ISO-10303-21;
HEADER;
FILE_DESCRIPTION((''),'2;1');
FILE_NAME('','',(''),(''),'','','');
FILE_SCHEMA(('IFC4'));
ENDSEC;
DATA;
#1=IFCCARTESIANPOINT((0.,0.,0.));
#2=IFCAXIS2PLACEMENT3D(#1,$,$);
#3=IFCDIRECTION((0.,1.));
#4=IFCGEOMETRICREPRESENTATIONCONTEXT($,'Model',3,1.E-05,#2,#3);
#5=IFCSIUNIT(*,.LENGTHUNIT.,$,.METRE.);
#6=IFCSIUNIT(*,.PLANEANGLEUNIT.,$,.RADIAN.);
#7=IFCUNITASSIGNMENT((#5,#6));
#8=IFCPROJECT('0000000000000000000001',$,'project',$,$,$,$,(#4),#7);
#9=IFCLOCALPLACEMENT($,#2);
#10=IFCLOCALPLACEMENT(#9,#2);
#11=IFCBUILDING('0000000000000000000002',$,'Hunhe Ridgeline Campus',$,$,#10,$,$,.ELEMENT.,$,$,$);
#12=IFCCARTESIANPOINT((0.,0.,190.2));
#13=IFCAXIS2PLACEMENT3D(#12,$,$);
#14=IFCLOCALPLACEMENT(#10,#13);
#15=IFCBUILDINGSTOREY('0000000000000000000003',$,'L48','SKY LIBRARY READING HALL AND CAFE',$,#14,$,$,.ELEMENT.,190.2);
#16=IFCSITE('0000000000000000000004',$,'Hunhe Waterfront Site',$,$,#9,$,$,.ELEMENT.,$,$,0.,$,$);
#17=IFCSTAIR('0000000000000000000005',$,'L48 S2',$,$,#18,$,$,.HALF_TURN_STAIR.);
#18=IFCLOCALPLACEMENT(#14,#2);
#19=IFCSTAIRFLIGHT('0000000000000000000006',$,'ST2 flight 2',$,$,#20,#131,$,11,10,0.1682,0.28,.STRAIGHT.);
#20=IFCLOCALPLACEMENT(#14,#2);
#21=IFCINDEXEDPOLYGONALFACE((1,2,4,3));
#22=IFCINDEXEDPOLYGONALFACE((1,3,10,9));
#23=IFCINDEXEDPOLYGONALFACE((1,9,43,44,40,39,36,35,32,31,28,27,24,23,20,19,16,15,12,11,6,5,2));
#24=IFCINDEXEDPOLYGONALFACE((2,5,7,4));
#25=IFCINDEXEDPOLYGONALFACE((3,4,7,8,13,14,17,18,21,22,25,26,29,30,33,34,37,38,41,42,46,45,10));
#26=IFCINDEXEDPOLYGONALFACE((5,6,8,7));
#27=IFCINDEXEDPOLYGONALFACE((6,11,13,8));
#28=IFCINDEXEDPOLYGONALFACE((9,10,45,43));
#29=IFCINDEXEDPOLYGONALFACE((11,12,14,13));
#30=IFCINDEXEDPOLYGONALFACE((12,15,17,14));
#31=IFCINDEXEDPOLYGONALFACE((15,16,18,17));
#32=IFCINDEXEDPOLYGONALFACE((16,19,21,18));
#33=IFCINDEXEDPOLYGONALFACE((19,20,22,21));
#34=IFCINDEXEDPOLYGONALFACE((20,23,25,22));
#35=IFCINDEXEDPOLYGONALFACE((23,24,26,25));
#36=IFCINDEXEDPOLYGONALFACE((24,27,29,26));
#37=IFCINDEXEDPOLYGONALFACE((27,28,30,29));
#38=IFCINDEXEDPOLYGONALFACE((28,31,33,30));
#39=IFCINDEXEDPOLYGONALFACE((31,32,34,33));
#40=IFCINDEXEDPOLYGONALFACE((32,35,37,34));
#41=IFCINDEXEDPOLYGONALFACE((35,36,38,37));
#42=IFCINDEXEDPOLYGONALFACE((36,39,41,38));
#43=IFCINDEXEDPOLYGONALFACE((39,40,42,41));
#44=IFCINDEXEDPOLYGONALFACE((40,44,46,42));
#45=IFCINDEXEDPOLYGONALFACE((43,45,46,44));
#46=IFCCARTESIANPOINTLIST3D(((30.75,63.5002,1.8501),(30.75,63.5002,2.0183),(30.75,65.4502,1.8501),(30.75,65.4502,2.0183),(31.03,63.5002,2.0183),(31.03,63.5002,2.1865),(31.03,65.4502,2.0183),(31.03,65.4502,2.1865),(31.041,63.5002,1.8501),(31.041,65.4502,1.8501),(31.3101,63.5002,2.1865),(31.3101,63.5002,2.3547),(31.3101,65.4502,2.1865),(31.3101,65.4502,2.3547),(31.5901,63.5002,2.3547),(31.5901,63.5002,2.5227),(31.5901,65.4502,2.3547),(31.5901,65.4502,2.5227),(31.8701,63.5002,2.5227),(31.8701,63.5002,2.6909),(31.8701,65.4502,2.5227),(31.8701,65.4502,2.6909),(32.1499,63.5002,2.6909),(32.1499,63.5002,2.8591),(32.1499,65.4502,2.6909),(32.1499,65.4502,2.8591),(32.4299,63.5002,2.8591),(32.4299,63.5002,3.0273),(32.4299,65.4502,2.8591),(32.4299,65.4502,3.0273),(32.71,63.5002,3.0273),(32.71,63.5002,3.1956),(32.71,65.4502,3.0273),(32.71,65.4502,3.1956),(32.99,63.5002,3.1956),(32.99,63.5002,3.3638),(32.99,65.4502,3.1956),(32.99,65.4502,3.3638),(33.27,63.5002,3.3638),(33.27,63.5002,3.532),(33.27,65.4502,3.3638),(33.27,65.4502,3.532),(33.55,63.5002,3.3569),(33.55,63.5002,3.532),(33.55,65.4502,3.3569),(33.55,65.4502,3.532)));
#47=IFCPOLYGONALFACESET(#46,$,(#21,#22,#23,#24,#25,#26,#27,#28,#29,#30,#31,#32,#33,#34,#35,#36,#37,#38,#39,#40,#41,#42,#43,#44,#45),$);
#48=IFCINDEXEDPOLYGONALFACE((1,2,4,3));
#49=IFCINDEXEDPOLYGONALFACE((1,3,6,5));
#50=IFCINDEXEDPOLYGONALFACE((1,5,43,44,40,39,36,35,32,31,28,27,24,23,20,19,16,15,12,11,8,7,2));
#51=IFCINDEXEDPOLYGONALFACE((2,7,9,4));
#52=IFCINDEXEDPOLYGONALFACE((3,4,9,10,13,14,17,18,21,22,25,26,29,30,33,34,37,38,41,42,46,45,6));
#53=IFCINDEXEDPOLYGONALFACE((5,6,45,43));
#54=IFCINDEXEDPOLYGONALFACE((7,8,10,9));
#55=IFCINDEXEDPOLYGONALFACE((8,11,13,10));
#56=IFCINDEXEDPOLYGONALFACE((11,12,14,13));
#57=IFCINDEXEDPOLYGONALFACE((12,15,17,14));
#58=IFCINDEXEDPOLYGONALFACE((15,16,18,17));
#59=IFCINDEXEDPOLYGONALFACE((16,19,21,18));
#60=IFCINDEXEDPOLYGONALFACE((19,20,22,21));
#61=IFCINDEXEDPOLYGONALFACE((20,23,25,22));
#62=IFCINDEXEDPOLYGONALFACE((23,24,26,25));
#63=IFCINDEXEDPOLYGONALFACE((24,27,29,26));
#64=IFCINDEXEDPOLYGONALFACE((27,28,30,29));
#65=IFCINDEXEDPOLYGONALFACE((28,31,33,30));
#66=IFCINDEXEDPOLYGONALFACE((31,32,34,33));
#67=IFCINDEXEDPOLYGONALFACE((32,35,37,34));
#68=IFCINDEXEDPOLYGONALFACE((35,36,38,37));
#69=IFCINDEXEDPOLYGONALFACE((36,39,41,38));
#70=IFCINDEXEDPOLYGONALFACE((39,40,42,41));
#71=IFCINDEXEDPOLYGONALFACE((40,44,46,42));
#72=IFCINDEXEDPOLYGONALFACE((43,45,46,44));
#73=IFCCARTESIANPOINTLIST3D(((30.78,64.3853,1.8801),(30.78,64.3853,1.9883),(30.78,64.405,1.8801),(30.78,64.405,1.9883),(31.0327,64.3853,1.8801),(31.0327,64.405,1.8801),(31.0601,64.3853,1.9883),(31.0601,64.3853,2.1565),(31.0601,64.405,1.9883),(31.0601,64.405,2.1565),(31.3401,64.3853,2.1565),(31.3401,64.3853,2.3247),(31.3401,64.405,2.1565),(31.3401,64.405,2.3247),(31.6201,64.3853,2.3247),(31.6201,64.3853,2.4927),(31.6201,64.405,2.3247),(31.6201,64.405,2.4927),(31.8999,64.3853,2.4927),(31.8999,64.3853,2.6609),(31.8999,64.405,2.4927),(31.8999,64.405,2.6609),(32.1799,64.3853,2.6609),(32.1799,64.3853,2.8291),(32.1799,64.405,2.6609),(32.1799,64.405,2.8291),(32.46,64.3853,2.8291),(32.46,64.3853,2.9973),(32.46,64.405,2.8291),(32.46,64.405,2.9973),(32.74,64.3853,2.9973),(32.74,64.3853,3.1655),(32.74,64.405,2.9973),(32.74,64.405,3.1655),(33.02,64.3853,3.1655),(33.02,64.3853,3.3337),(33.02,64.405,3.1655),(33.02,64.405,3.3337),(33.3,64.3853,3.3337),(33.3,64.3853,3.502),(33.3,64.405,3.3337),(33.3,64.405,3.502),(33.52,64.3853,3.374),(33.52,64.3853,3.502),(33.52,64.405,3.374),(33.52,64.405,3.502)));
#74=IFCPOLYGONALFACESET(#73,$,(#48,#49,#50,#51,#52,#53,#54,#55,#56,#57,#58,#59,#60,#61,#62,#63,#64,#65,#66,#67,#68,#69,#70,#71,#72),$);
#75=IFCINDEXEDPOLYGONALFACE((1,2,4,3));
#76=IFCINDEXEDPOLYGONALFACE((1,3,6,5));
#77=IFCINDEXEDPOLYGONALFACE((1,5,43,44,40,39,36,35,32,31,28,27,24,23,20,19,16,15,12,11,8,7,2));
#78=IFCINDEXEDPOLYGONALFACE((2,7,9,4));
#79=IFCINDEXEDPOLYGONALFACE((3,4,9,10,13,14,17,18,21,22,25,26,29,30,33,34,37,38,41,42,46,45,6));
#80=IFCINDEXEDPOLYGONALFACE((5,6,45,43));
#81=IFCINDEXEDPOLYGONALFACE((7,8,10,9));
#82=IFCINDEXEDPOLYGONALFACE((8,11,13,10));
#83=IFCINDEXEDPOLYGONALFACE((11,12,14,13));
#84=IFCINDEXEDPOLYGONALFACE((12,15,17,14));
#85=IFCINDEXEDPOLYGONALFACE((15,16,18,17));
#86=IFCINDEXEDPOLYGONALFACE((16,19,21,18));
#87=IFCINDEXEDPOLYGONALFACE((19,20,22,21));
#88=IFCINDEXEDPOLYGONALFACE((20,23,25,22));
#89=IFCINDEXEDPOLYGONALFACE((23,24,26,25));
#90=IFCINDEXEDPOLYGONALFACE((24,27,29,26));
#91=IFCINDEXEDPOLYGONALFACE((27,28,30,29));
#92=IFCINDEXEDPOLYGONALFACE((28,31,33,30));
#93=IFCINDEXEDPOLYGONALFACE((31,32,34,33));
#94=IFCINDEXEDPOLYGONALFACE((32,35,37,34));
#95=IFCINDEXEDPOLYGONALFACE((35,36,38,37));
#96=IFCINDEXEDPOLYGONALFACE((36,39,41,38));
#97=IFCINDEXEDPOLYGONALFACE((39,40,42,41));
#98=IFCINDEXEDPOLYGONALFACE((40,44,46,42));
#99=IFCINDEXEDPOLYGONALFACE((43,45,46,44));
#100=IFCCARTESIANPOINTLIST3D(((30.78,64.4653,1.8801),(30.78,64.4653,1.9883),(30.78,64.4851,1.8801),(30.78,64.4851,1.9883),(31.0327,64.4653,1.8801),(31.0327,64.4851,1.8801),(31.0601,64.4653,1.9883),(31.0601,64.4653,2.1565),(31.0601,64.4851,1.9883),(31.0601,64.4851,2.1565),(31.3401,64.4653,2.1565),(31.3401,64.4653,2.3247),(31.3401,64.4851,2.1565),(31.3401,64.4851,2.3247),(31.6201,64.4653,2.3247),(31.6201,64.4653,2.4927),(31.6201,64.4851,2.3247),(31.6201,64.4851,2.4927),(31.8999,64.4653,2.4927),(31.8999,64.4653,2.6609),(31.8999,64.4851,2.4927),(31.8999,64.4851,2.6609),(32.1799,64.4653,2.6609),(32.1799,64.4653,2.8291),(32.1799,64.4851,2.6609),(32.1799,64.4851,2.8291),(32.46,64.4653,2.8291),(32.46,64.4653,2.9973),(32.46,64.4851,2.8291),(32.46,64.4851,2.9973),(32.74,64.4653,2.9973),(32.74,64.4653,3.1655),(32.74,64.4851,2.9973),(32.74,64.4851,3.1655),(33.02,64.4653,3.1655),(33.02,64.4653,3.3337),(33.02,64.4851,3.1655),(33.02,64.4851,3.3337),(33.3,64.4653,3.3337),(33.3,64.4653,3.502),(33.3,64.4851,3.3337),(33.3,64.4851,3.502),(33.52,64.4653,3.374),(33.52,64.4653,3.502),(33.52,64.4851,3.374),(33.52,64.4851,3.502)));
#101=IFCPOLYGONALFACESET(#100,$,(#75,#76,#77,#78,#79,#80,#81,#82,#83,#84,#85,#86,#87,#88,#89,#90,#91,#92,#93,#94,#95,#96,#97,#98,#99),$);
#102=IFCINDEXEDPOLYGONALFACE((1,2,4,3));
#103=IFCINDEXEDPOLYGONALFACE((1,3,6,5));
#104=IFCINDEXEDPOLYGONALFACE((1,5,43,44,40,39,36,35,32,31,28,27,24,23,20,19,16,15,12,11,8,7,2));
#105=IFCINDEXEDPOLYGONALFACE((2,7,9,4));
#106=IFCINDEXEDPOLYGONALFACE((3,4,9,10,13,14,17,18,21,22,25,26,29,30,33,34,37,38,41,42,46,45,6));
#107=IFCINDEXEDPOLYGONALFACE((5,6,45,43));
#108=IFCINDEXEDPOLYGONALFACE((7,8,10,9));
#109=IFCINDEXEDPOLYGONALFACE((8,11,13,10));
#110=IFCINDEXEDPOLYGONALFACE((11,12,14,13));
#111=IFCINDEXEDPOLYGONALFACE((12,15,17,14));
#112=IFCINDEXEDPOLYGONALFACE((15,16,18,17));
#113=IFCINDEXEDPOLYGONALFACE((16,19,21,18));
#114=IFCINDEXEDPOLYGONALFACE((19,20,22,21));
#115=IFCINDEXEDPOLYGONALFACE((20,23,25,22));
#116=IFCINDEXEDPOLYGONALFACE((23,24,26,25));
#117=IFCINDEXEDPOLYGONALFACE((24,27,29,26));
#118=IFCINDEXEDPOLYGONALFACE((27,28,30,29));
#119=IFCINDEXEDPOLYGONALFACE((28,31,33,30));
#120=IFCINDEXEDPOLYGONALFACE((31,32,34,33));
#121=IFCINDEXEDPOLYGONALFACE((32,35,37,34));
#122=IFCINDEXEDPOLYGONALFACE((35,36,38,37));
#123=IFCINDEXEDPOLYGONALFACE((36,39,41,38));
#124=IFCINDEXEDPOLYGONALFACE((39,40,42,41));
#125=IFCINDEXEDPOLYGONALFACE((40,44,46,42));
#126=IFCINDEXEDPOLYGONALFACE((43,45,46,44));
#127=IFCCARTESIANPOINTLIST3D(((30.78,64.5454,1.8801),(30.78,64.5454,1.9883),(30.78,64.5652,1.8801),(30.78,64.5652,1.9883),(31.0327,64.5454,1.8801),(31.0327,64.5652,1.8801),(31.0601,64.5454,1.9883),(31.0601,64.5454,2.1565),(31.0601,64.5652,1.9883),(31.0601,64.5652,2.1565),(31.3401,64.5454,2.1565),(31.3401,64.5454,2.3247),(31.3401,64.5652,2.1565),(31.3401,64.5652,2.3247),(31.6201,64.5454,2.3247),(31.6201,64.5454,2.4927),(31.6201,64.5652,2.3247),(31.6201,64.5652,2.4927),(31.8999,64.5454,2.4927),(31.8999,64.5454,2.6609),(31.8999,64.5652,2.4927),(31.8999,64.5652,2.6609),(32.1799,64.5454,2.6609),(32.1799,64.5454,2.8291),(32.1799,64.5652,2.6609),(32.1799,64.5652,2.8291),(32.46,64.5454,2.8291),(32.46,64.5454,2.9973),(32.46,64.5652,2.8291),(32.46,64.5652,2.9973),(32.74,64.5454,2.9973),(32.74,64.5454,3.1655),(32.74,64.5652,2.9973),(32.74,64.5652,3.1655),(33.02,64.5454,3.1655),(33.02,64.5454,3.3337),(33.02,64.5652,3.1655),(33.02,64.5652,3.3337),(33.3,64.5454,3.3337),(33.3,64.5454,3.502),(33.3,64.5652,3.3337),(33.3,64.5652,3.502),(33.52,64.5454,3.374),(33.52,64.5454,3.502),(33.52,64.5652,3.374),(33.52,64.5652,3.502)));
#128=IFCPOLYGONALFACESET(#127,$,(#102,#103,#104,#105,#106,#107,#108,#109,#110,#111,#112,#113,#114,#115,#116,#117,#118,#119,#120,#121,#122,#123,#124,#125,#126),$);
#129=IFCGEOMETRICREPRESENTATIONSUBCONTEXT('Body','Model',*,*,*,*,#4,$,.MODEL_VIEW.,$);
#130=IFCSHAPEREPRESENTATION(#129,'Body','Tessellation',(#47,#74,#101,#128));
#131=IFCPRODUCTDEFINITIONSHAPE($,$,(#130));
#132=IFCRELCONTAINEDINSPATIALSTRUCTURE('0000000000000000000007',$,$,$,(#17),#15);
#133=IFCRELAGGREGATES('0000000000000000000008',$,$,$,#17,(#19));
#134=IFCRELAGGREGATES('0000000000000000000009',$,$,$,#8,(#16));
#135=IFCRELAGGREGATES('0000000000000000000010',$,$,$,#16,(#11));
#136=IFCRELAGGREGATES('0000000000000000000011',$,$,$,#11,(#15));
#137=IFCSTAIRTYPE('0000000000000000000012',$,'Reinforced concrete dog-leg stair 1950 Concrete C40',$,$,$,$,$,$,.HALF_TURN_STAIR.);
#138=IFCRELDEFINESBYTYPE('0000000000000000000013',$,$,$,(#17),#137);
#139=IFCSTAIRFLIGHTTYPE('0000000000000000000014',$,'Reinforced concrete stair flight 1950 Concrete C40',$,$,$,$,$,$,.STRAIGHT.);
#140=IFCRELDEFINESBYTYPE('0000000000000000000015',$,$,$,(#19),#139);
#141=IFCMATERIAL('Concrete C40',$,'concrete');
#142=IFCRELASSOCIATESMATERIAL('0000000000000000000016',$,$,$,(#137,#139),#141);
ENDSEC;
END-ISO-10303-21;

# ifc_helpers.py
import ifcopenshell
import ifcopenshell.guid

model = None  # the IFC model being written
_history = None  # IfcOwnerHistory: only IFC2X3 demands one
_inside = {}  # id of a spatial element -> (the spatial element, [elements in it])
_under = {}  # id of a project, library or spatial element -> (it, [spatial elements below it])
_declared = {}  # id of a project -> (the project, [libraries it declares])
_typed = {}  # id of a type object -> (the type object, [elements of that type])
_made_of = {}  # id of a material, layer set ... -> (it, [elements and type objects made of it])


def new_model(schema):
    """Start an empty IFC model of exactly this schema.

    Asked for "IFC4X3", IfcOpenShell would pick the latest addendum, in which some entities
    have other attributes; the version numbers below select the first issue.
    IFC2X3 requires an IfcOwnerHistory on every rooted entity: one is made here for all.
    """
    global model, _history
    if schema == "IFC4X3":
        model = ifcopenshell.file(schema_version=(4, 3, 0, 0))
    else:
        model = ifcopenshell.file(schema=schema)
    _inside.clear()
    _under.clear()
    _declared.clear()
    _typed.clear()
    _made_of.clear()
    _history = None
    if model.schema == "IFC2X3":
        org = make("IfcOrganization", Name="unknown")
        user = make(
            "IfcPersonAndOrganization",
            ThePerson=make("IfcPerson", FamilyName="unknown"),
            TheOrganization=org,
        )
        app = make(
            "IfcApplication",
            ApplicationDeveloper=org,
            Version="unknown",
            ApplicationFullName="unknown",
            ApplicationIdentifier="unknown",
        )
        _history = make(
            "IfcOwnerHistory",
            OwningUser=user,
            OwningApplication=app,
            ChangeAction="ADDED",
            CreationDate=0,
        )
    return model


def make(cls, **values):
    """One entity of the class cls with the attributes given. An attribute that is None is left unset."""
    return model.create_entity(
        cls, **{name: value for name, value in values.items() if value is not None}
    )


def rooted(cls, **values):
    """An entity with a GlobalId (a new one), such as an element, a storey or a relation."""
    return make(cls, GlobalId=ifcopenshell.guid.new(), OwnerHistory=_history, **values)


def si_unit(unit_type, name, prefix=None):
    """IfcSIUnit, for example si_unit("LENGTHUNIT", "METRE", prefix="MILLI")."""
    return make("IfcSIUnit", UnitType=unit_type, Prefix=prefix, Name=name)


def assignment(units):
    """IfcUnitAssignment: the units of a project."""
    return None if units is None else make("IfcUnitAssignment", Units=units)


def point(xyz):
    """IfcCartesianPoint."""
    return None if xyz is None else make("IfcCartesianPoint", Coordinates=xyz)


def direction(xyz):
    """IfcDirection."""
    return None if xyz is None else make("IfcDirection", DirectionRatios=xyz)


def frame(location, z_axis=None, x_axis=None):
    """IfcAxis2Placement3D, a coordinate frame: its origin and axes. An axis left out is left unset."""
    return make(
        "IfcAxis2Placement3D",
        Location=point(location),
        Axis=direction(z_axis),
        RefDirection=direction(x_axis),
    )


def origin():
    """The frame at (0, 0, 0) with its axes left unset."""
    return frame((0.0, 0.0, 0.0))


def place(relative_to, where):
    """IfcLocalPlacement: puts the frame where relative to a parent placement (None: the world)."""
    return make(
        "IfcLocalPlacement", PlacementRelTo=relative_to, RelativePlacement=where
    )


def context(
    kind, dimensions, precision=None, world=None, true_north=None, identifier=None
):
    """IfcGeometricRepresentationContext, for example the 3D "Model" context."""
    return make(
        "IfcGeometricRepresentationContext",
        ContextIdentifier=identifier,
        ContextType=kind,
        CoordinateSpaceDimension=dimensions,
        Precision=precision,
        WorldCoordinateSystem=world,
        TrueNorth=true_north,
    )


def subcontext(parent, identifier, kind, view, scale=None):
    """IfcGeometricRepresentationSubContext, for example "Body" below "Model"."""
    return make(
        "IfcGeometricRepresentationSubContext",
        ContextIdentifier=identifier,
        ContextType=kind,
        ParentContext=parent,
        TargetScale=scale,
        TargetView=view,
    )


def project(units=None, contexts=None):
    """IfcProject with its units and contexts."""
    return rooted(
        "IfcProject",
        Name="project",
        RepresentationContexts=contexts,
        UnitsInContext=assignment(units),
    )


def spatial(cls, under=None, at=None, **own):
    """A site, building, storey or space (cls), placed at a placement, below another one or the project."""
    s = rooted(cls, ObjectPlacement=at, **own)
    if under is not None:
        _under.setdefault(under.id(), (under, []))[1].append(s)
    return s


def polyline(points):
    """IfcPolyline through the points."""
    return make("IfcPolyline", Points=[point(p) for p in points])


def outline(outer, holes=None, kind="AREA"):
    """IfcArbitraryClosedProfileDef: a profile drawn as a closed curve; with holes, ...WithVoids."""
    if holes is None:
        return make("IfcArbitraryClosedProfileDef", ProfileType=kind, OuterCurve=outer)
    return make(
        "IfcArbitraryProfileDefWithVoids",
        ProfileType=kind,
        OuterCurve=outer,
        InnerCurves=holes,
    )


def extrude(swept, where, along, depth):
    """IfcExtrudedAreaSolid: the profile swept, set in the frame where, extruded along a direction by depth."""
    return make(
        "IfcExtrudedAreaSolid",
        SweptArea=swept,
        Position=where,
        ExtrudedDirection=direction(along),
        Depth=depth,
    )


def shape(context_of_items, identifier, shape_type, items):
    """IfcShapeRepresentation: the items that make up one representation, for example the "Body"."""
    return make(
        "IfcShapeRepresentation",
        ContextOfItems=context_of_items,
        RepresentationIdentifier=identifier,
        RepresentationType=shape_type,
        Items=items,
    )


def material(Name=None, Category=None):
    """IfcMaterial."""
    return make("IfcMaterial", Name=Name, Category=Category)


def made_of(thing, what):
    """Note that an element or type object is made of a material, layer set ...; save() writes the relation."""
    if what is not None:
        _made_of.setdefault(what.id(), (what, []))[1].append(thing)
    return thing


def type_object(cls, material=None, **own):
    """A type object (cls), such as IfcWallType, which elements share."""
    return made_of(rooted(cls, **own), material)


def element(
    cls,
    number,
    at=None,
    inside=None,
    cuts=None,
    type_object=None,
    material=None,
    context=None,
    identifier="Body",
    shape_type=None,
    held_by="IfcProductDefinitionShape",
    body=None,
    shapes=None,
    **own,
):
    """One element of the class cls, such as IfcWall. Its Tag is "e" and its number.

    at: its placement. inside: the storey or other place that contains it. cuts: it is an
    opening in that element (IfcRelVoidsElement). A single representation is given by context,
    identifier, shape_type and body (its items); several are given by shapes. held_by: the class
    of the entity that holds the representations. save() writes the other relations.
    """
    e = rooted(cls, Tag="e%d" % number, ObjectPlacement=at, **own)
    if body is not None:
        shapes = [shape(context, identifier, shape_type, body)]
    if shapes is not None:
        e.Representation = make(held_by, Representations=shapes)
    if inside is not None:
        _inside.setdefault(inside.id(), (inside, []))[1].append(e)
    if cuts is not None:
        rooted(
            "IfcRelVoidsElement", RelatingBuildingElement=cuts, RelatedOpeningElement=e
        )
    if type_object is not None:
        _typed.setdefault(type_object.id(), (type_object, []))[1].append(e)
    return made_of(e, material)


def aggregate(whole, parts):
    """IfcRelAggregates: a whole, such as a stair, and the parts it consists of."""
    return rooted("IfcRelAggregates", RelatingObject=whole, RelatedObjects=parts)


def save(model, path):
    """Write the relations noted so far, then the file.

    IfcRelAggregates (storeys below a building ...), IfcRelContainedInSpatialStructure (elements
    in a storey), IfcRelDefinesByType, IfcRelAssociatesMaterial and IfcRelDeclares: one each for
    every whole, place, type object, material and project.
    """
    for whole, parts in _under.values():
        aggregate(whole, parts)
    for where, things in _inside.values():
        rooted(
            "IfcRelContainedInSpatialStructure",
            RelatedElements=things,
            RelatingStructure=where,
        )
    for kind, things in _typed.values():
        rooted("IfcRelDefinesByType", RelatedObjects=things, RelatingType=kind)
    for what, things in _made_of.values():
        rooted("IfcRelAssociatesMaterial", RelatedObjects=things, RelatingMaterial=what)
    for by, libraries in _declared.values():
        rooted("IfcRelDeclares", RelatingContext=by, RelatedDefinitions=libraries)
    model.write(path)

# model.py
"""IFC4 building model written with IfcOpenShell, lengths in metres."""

from ifc_helpers import new_model, si_unit, direction, frame, origin, place, context, subcontext, project, spatial, polyline, outline, extrude, material, type_object, element, aggregate, save


model = new_model("IFC4")

# Units and contexts
model_context = context("Model", 3, precision=1e-05, world=origin(), true_north=direction((0.0, 1.0)))
body_context = subcontext(model_context, "Body", "Model", "MODEL_VIEW")
ifc_project = project(units=[si_unit("LENGTHUNIT", "METRE"), si_unit("PLANEANGLEUNIT", "RADIAN")], contexts=[model_context])

# Site, building, storey
site_placement = place(None, origin())
site = spatial("IfcSite", under=ifc_project, at=site_placement, Name="Hunhe Waterfront Site", CompositionType="ELEMENT", RefElevation=0.0)
building_placement = place(site_placement, origin())
building = spatial("IfcBuilding", under=site, at=building_placement, Name="Hunhe Ridgeline Campus", CompositionType="ELEMENT")
storey_placement = place(building_placement, frame((0.0, 0.0, 190.2)))
storey = spatial("IfcBuildingStorey", under=building, at=storey_placement, Name="L48", Description="SKY LIBRARY READING HALL AND CAFE", CompositionType="ELEMENT", Elevation=190.2)

# Stair, stair flight
ifc_material_1 = material(Name="Concrete C40", Category="concrete")
stair_type = type_object("IfcStairType", Name="Reinforced concrete dog-leg stair 1950 Concrete C40", PredefinedType="HALF_TURN_STAIR", material=ifc_material_1)
stair_placement = place(storey_placement, origin())
stair = element("IfcStair", 1, at=stair_placement, inside=storey, type_object=stair_type, Name="L48 S2", PredefinedType="HALF_TURN_STAIR")
stair_flight_type = type_object("IfcStairFlightType", Name="Reinforced concrete stair flight 1950 Concrete C40", PredefinedType="STRAIGHT", material=ifc_material_1)
stair_flight_1_placement = place(storey_placement, frame((30.75, 64.4751, 1.8501), z_axis=(0.0, 0.0, 1.0), x_axis=(1.0, 0.0, 0.0)))
stair_flight_1 = element("IfcStairFlight", 2, at=stair_flight_1_placement, type_object=stair_flight_type, Name="ST2 flight 2", NumberOfRisers=11, NumberOfTreads=10, PredefinedType="STRAIGHT", RiserHeight=0.1682, TreadLength=0.28, context=body_context, shape_type="SweptSolid", body=[
    extrude(outline(polyline([(0.0, 0.0), (0.0, 0.1682), (0.28, 0.1682), (0.28, 0.3364), (0.5601, 0.3364), (0.5601, 0.5046), (0.8401, 0.5046), (0.8401, 0.6726), (1.1201, 0.6726), (1.1201, 0.8408), (1.3999, 0.8408), (1.3999, 1.009), (1.6799, 1.009), (1.6799, 1.1772), (1.96, 1.1772), (1.96, 1.3455), (2.24, 1.3455), (2.24, 1.5137), (2.52, 1.5137), (2.52, 1.6819), (2.8, 1.6819), (2.8, 1.8501), (2.8, 1.5068), (0.291, 0.0), (0.0, 0.0)])), frame((0.0, 0.9751, 0.0), z_axis=(0.0, -1.0, 0.0), x_axis=(1.0, 0.0, 0.0)), (0.0, 0.0, 1.0), 1.95),
    extrude(outline(polyline([(0.03, 0.03), (0.03, 0.1382), (0.3101, 0.1382), (0.3101, 0.3064), (0.5901, 0.3064), (0.5901, 0.4746), (0.8701, 0.4746), (0.8701, 0.6426), (1.1499, 0.6426), (1.1499, 0.8108), (1.4299, 0.8108), (1.4299, 0.979), (1.71, 0.979), (1.71, 1.1472), (1.99, 1.1472), (1.99, 1.3154), (2.27, 1.3154), (2.27, 1.4836), (2.55, 1.4836), (2.55, 1.6519), (2.77, 1.6519), (2.77, 1.5239), (0.2827, 0.03), (0.03, 0.03)])), frame((0.0, -0.0701, 0.0), z_axis=(0.0, -1.0, 0.0), x_axis=(1.0, 0.0, 0.0)), (0.0, 0.0, 1.0), 0.0198),
    extrude(outline(polyline([(0.03, 0.03), (0.03, 0.1382), (0.3101, 0.1382), (0.3101, 0.3064), (0.5901, 0.3064), (0.5901, 0.4746), (0.8701, 0.4746), (0.8701, 0.6426), (1.1499, 0.6426), (1.1499, 0.8108), (1.4299, 0.8108), (1.4299, 0.979), (1.71, 0.979), (1.71, 1.1472), (1.99, 1.1472), (1.99, 1.3154), (2.27, 1.3154), (2.27, 1.4836), (2.55, 1.4836), (2.55, 1.6519), (2.77, 1.6519), (2.77, 1.5239), (0.2827, 0.03), (0.03, 0.03)])), frame((0.0, 0.01, 0.0), z_axis=(0.0, -1.0, 0.0), x_axis=(1.0, 0.0, 0.0)), (0.0, 0.0, 1.0), 0.0198),
    extrude(outline(polyline([(0.03, 0.03), (0.03, 0.1382), (0.3101, 0.1382), (0.3101, 0.3064), (0.5901, 0.3064), (0.5901, 0.4746), (0.8701, 0.4746), (0.8701, 0.6426), (1.1499, 0.6426), (1.1499, 0.8108), (1.4299, 0.8108), (1.4299, 0.979), (1.71, 0.979), (1.71, 1.1472), (1.99, 1.1472), (1.99, 1.3154), (2.27, 1.3154), (2.27, 1.4836), (2.55, 1.4836), (2.55, 1.6519), (2.77, 1.6519), (2.77, 1.5239), (0.2827, 0.03), (0.03, 0.03)])), frame((0.0, 0.0901, 0.0), z_axis=(0.0, -1.0, 0.0), x_axis=(1.0, 0.0, 0.0)), (0.0, 0.0, 1.0), 0.0198),
])
aggregate(stair, [stair_flight_1])

save(model, "model.ifc")
